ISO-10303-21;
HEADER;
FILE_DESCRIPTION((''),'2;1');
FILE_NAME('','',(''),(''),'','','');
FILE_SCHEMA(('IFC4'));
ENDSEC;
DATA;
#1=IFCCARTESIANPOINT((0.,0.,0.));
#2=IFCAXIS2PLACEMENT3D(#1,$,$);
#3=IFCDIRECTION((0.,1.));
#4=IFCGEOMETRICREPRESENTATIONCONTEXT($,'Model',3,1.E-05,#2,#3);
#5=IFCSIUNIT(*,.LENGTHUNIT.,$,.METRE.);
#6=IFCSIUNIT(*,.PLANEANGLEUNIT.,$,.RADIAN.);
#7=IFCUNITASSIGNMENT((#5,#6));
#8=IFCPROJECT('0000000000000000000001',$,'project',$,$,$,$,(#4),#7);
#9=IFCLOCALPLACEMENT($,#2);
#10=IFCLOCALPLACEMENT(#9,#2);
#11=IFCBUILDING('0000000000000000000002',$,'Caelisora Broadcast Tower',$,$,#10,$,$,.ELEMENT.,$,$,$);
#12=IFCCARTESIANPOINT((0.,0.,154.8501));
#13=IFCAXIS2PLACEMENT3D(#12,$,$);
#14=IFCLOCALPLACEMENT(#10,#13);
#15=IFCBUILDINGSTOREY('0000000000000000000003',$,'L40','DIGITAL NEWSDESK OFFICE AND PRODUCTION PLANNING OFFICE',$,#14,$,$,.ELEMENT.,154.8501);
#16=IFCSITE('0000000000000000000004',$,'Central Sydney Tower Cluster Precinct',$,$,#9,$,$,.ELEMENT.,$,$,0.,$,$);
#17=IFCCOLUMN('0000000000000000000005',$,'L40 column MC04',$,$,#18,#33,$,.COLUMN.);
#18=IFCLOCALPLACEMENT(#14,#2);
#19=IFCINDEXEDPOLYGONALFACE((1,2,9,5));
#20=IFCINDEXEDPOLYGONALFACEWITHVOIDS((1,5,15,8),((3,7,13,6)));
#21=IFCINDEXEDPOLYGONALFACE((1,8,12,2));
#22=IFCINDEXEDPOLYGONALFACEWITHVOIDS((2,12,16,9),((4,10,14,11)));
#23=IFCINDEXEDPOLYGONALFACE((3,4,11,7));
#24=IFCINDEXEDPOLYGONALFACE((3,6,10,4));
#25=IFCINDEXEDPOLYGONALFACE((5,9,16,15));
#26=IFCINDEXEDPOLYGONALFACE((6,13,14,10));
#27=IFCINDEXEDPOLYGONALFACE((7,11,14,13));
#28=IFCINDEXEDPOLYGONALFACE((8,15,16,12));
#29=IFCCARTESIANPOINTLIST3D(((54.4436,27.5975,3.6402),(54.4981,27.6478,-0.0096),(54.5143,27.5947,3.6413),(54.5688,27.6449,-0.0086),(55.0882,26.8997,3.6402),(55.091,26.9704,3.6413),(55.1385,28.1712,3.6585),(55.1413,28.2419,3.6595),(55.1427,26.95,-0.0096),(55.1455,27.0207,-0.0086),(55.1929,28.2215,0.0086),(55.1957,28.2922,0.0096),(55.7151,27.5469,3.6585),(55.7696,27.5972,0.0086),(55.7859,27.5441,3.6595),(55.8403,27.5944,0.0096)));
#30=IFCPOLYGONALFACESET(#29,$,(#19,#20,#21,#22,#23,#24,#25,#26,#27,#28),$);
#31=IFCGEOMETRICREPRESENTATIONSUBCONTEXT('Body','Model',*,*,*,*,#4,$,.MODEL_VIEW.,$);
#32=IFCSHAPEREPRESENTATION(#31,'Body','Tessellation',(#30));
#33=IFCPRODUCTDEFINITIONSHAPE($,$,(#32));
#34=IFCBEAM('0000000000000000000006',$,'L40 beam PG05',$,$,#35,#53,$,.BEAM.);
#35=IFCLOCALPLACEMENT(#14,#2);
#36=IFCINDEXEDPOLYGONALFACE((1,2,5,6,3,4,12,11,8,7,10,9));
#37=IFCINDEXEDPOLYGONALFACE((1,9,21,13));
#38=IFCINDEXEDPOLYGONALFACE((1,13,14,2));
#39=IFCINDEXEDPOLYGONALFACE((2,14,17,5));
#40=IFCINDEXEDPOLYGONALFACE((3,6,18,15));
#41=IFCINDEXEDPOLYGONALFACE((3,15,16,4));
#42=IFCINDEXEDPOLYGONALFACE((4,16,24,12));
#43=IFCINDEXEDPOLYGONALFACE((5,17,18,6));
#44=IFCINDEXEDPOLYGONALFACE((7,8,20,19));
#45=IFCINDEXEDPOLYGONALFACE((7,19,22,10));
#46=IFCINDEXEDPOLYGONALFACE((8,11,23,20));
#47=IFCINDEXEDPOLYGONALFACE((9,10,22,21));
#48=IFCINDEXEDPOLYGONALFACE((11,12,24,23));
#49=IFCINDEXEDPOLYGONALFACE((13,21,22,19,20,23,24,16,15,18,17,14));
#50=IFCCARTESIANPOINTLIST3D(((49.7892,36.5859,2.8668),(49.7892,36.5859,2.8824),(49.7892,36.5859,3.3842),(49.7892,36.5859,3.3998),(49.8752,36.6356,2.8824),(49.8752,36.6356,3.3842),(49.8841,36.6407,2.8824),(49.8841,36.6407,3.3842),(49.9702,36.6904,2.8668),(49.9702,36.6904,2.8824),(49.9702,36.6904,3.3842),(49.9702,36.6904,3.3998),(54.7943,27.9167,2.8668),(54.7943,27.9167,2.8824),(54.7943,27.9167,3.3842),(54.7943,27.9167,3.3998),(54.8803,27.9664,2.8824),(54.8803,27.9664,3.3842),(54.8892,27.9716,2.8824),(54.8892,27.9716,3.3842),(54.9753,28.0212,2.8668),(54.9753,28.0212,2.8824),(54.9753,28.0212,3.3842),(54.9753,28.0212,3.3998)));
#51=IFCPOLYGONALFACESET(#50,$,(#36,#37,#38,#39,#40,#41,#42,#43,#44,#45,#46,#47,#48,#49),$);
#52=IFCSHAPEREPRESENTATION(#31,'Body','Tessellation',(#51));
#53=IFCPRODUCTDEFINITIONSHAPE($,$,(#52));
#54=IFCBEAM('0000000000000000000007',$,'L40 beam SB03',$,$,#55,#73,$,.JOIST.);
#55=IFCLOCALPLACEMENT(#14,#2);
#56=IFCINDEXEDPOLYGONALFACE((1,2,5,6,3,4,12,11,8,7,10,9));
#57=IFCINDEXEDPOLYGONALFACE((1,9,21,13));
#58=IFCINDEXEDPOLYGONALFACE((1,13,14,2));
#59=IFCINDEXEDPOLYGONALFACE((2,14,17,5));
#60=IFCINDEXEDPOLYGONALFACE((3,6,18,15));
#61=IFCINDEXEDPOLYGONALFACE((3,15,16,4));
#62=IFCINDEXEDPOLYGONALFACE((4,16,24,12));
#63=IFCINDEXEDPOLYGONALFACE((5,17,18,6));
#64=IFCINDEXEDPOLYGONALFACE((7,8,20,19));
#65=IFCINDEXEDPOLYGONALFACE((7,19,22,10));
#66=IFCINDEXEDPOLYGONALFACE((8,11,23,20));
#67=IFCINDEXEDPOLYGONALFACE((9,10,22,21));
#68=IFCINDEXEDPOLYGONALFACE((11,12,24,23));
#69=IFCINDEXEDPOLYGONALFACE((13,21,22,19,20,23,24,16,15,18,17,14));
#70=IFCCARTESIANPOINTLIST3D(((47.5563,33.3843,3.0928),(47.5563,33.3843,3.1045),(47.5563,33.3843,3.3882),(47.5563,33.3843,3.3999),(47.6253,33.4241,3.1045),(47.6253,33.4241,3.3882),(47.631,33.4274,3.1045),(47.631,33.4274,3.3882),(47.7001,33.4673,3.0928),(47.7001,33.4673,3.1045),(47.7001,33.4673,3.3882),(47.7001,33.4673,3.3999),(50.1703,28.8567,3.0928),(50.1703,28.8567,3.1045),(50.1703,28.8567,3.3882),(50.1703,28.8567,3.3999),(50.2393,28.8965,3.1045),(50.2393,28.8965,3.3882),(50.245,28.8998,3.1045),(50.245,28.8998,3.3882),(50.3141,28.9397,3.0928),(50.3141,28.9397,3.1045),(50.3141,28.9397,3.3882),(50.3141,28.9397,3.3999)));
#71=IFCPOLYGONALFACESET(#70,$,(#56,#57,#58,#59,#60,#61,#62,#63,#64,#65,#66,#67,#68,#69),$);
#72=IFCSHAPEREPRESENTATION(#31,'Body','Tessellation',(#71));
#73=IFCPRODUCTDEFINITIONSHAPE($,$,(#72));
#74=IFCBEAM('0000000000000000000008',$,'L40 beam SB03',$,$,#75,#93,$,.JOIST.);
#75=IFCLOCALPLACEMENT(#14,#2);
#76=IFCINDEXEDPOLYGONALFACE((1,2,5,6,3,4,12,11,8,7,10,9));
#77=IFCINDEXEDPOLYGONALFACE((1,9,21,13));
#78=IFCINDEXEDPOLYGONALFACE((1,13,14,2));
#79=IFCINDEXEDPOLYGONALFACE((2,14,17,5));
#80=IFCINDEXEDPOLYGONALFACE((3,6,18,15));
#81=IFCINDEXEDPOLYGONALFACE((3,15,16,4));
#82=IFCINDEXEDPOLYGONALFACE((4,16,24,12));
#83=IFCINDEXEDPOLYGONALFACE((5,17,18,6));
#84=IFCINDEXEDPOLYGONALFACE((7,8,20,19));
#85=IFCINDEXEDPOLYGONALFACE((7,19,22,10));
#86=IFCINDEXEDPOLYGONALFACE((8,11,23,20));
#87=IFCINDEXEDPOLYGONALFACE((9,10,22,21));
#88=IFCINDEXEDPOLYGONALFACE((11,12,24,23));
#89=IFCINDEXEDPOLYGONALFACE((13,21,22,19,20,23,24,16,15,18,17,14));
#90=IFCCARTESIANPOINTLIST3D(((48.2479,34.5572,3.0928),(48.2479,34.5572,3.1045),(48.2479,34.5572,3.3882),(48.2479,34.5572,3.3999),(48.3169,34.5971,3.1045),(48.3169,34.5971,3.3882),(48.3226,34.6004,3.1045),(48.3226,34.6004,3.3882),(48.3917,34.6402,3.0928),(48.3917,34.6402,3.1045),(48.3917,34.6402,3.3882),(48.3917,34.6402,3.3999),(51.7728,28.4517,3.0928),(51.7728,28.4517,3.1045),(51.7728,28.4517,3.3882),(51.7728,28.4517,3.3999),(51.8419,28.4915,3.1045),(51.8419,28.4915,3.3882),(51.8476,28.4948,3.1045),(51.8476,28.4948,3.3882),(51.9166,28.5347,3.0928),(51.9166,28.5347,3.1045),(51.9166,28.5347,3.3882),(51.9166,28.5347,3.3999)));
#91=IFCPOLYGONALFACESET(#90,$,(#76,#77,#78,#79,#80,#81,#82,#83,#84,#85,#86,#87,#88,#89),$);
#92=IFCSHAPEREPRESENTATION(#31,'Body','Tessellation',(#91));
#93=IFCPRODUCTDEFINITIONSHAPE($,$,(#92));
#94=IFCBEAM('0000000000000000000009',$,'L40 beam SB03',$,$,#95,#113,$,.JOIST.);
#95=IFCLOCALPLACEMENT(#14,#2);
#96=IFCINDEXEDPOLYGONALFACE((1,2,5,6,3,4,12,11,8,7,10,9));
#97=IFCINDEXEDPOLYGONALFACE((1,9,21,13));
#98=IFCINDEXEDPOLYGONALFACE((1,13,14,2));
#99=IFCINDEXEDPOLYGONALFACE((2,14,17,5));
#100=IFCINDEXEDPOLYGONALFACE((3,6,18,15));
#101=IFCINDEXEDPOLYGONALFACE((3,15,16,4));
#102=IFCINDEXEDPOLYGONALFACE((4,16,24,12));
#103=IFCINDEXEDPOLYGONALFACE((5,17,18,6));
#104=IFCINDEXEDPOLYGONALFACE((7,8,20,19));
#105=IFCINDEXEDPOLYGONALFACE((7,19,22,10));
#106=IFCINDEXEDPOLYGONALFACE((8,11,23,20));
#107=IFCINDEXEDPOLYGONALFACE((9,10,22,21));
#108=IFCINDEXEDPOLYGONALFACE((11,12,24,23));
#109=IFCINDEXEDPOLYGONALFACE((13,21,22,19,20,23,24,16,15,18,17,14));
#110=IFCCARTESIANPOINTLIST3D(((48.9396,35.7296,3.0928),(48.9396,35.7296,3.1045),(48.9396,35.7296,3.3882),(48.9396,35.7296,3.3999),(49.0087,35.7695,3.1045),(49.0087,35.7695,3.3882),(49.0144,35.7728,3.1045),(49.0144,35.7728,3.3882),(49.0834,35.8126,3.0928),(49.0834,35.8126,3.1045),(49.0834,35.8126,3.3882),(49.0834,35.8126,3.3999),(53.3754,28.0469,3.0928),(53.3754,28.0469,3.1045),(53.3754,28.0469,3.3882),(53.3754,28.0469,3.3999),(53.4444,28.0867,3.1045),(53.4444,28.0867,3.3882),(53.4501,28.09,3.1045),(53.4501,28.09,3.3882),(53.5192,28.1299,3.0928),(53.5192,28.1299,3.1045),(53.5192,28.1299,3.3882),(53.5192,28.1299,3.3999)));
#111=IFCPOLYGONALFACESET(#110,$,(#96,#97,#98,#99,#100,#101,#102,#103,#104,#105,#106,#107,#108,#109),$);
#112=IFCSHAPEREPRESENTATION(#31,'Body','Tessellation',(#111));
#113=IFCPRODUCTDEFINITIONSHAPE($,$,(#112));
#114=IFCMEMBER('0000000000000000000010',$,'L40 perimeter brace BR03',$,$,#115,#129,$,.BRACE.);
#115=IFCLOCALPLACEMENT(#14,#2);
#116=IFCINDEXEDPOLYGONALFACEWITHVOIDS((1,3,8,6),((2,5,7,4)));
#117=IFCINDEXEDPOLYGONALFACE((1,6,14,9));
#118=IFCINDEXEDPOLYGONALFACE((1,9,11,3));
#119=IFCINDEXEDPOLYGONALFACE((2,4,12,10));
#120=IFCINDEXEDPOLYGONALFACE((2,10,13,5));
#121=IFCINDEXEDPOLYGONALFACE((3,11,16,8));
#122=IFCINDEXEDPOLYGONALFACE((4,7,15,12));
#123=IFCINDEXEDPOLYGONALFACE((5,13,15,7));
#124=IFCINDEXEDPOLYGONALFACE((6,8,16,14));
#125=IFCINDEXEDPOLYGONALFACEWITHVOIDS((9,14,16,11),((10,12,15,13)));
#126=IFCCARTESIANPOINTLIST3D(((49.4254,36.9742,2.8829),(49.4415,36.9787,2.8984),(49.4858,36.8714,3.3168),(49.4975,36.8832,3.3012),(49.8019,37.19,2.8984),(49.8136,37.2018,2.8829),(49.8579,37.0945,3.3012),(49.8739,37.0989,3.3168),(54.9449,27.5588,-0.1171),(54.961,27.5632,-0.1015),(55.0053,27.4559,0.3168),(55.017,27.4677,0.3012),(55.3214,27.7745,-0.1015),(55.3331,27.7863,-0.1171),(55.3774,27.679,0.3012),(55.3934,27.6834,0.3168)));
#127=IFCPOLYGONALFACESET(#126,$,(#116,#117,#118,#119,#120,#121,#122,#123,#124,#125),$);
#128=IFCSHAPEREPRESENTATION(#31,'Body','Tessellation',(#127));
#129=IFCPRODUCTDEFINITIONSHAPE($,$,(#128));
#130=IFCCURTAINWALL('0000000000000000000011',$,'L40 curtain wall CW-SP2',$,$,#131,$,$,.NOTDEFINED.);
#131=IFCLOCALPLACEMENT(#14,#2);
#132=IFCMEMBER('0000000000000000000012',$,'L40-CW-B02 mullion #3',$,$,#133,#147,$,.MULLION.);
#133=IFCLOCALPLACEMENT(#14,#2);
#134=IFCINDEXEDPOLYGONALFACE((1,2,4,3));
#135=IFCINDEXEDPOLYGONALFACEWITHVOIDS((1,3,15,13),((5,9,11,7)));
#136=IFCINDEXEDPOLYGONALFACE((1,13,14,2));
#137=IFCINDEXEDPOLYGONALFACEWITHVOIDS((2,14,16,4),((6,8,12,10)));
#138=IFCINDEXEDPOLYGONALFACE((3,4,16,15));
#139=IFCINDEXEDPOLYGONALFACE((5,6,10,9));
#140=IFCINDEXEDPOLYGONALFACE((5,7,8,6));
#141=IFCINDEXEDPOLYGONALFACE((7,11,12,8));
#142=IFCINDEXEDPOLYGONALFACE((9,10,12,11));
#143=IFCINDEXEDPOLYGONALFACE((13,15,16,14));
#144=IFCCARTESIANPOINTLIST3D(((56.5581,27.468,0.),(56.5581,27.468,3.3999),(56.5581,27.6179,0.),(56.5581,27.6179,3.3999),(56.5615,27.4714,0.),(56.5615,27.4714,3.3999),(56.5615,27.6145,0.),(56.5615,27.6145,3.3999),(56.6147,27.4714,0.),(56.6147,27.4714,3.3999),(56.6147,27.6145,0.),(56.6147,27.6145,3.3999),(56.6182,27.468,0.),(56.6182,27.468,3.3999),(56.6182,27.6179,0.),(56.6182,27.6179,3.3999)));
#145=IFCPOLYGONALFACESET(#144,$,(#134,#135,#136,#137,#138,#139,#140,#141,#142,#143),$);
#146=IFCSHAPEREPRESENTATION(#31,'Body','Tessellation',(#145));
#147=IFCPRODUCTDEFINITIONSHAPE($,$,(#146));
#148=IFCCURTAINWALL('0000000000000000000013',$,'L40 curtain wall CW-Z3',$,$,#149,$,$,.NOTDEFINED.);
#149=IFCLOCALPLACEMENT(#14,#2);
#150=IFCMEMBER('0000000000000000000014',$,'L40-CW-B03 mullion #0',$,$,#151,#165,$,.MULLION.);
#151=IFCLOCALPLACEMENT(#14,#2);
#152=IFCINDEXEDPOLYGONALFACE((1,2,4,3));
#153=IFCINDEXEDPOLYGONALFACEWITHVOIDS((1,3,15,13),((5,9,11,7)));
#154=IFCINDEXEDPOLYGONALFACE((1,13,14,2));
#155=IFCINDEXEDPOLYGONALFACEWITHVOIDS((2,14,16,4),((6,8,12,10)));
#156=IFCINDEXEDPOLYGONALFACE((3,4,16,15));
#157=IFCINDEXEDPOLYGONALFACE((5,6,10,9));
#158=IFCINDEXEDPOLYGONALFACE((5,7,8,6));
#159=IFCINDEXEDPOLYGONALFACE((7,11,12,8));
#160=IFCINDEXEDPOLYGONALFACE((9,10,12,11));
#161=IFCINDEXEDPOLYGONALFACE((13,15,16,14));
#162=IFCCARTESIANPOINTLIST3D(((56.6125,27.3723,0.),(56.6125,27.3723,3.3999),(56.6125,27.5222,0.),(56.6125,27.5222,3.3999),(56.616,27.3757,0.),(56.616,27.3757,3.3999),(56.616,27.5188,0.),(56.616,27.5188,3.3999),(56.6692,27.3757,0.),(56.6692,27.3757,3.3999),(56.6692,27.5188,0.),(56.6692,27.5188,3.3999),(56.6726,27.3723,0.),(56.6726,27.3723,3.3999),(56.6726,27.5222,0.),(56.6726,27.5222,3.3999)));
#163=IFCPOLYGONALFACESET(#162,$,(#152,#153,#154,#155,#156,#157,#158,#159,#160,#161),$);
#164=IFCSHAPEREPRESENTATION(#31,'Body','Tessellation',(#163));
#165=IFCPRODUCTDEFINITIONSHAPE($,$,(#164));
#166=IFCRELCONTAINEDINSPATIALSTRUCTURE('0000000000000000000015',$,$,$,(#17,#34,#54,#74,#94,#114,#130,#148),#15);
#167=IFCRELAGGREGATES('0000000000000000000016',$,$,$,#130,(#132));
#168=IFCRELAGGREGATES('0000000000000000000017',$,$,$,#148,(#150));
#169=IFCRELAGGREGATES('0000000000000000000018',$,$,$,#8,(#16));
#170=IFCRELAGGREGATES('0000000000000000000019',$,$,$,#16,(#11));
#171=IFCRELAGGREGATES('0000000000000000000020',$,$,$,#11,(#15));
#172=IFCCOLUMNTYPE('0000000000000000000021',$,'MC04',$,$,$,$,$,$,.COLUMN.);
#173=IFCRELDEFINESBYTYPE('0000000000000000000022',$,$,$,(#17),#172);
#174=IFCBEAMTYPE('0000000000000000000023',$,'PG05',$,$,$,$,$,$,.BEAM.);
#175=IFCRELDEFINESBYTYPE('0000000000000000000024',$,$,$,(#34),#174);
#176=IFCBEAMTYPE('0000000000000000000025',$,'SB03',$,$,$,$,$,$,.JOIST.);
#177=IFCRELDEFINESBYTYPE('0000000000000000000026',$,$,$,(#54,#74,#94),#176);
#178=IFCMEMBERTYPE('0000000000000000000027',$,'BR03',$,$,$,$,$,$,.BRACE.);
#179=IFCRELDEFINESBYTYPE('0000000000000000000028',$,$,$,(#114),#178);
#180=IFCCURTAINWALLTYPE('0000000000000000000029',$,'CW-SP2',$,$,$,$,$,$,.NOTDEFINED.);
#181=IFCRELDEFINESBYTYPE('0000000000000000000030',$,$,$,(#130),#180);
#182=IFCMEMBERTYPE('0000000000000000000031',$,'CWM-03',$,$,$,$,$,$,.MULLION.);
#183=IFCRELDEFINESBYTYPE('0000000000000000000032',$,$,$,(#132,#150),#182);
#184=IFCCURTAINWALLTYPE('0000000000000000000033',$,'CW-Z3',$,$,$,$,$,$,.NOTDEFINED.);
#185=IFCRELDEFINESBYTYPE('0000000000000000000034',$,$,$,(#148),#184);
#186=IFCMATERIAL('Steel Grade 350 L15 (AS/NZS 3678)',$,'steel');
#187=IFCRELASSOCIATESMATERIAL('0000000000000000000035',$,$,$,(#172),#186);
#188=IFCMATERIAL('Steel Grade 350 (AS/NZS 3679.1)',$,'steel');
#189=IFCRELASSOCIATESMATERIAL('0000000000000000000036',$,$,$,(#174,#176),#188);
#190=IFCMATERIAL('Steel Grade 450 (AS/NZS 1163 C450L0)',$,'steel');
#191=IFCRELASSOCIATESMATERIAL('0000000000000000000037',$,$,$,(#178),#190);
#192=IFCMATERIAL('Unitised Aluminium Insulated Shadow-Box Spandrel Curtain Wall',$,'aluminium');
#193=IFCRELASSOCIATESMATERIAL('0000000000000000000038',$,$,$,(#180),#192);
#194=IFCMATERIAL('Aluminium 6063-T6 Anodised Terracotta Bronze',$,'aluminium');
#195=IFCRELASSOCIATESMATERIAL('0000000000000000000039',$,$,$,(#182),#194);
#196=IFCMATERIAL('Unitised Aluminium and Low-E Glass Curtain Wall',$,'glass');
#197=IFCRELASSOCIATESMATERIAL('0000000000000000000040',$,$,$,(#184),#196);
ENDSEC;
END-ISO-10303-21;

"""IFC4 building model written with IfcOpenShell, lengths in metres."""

from ifc_helpers import new_model, si_unit, direction, frame, origin, origin_2d, place, context, subcontext, project, spatial, hollow_rectangle, i_section, extrude, source, transform, mapped, material, material_profile, profile_set, type_object, type_shapes, element, aggregate, save


model = new_model("IFC4")

# Units and contexts
model_context = context("Model", 3, precision=1e-05, world=origin(), true_north=direction((0.0, 1.0)))
body_context = subcontext(model_context, "Body", "Model", "MODEL_VIEW")
ifc_project = project(units=[si_unit("LENGTHUNIT", "METRE"), si_unit("PLANEANGLEUNIT", "RADIAN")], contexts=[model_context])

# Site, building, storey
site_placement = place(None, origin())
site = spatial("IfcSite", under=ifc_project, at=site_placement, Name="Central Sydney Tower Cluster Precinct", CompositionType="ELEMENT", RefElevation=0.0)
building_placement = place(site_placement, origin())
building = spatial("IfcBuilding", under=site, at=building_placement, Name="Caelisora Broadcast Tower", CompositionType="ELEMENT")
storey_placement = place(building_placement, frame((0.0, 0.0, 154.8501)))
storey = spatial("IfcBuildingStorey", under=building, at=storey_placement, Name="L40", Description="DIGITAL NEWSDESK OFFICE AND PRODUCTION PLANNING OFFICE", CompositionType="ELEMENT", Elevation=154.8501)

# Column
ifc_material_1 = material(Name="Steel Grade 350 L15 (AS/NZS 3678)", Category="steel")
ifc_material_profile_1 = material_profile(ifc_material_1, hollow_rectangle(XDim=0.95, YDim=0.95, WallThickness=0.05, at=origin_2d()), Name="Steel Grade 350 L15 (AS/NZS 3678)")
ifc_profile_set_1 = profile_set([ifc_material_profile_1], Name="Steel Grade 350 L15 (AS/NZS 3678)")
column_type = type_object("IfcColumnType", Name="MC04", PredefinedType="COLUMN", material=ifc_profile_set_1)
shared_shape_1 = source(origin(), body_context, "Body", "SweptSolid", [
    extrude(hollow_rectangle(XDim=0.95, YDim=0.95, WallThickness=0.05, at=origin_2d()), origin(), (0.0, 0.0, 1.0), 3.6506),
])
type_shapes(column_type, [shared_shape_1])
column_placement = place(storey_placement, frame((55.1692, 27.6211, 0.0), z_axis=(-0.014913, -0.013776, 0.999794), x_axis=(0.678554, -0.734551, 0.0)))
element("IfcColumn", 1, at=column_placement, inside=storey, type_object=column_type, Name="L40 column MC04", PredefinedType="COLUMN", context=body_context, shape_type="MappedRepresentation", body=[
    mapped(shared_shape_1, transform((0.0, 0.0, 0.0), scale=1.0)),
])

# Beams
ifc_material_2 = material(Name="Steel Grade 350 (AS/NZS 3679.1)", Category="steel")
ifc_material_profile_2 = material_profile(ifc_material_2, i_section(OverallWidth=0.209, OverallDepth=0.533, WebThickness=0.0103, FlangeThickness=0.0156, at=origin_2d()), Name="Steel Grade 350 (AS/NZS 3679.1)")
ifc_profile_set_2 = profile_set([ifc_material_profile_2], Name="Steel Grade 350 (AS/NZS 3679.1)")
beam_type_1 = type_object("IfcBeamType", Name="PG05", PredefinedType="BEAM", material=ifc_profile_set_2)
shared_shape_2 = source(origin(), body_context, "Body", "SweptSolid", [
    extrude(i_section(OverallWidth=0.209, OverallDepth=0.533, WebThickness=0.0103, FlangeThickness=0.0156, at=origin_2d()), origin(), (0.0, 0.0, 1.0), 10.0103),
])
type_shapes(beam_type_1, [shared_shape_2])
beam_1_placement = place(storey_placement, frame((54.8848, 27.969, 3.1333), z_axis=(-0.499998, 0.866027, 0.0), x_axis=(-0.866027, -0.499998, 0.0)))
element("IfcBeam", 2, at=beam_1_placement, inside=storey, type_object=beam_type_1, Name="L40 beam PG05", PredefinedType="BEAM", context=body_context, shape_type="MappedRepresentation", body=[
    mapped(shared_shape_2, transform((0.0, 0.0, 0.0), scale=1.0)),
])
ifc_material_profile_3 = material_profile(ifc_material_2, i_section(OverallWidth=0.166, OverallDepth=0.3071, WebThickness=0.0066, FlangeThickness=0.0117, at=origin_2d()), Name="Steel Grade 350 (AS/NZS 3679.1)")
ifc_profile_set_3 = profile_set([ifc_material_profile_3], Name="Steel Grade 350 (AS/NZS 3679.1)")
beam_type_2 = type_object("IfcBeamType", Name="SB03", PredefinedType="JOIST", material=ifc_profile_set_3)
shared_shape_3 = source(origin(), body_context, "Body", "SweptSolid", [
    extrude(i_section(OverallWidth=0.166, OverallDepth=0.3071, WebThickness=0.0066, FlangeThickness=0.0117, at=origin_2d()), origin(), (0.0, 0.0, 1.0), 5.228),
])
beam_2_placement = place(storey_placement, frame((50.2422, 28.8982, 3.2463), z_axis=(-0.500001, 0.866025, 0.0), x_axis=(-0.866025, -0.500001, 0.0)))
element("IfcBeam", 3, at=beam_2_placement, inside=storey, type_object=beam_type_2, Name="L40 beam SB03", PredefinedType="JOIST", context=body_context, shape_type="MappedRepresentation", body=[
    mapped(shared_shape_3, transform((0.0, 0.0, 0.0), scale=1.0)),
])
shared_shape_4 = source(origin(), body_context, "Body", "SweptSolid", [
    extrude(i_section(OverallWidth=0.166, OverallDepth=0.3071, WebThickness=0.0066, FlangeThickness=0.0117, at=origin_2d()), origin(), (0.0, 0.0, 1.0), 7.05),
])
beam_3_placement = place(storey_placement, frame((51.8447, 28.4932, 3.2463), z_axis=(-0.49999, 0.866031, 0.0), x_axis=(-0.866031, -0.49999, 0.0)))
element("IfcBeam", 4, at=beam_3_placement, inside=storey, type_object=beam_type_2, Name="L40 beam SB03", PredefinedType="JOIST", context=body_context, shape_type="MappedRepresentation", body=[
    mapped(shared_shape_4, transform((0.0, 0.0, 0.0), scale=1.0)),
])
shared_shape_5 = source(origin(), body_context, "Body", "SweptSolid", [
    extrude(i_section(OverallWidth=0.166, OverallDepth=0.3071, WebThickness=0.0066, FlangeThickness=0.0117, at=origin_2d()), origin(), (0.0, 0.0, 1.0), 8.8713),
])
type_shapes(beam_type_2, [shared_shape_3, shared_shape_4, shared_shape_5])
beam_4_placement = place(storey_placement, frame((53.4473, 28.0884, 3.2463), z_axis=(-0.500008, 0.866021, 0.0), x_axis=(-0.866021, -0.500008, 0.0)))
element("IfcBeam", 5, at=beam_4_placement, inside=storey, type_object=beam_type_2, Name="L40 beam SB03", PredefinedType="JOIST", context=body_context, shape_type="MappedRepresentation", body=[
    mapped(shared_shape_5, transform((0.0, 0.0, 0.0), scale=1.0)),
])

# Member
ifc_material_3 = material(Name="Steel Grade 450 (AS/NZS 1163 C450L0)", Category="steel")
ifc_material_profile_4 = material_profile(ifc_material_3, hollow_rectangle(XDim=0.45, YDim=0.45, WallThickness=0.0161, at=origin_2d()), Name="Steel Grade 450 (AS/NZS 1163 C450L0)")
ifc_profile_set_4 = profile_set([ifc_material_profile_4], Name="Steel Grade 450 (AS/NZS 1163 C450L0)")
member_type_1 = type_object("IfcMemberType", Name="BR03", PredefinedType="BRACE", material=ifc_profile_set_4)
shared_shape_6 = source(origin(), body_context, "Body", "SweptSolid", [
    extrude(hollow_rectangle(XDim=0.45, YDim=0.45, WallThickness=0.0161, at=origin_2d()), origin(), (0.0, 0.0, 1.0), 11.3188),
])
type_shapes(member_type_1, [shared_shape_6])
member_1_placement = place(storey_placement, frame((55.1692, 27.6211, 0.0999), z_axis=(-0.487639, 0.831842, 0.265044), x_axis=(-0.862695, -0.505725, 0.0)))
element("IfcMember", 6, at=member_1_placement, inside=storey, type_object=member_type_1, Name="L40 perimeter brace BR03", PredefinedType="BRACE", context=body_context, shape_type="MappedRepresentation", body=[
    mapped(shared_shape_6, transform((0.0, 0.0, 0.0), scale=1.0)),
])

# Curtain wall, member
ifc_material_4 = material(Name="Unitised Aluminium Insulated Shadow-Box Spandrel Curtain Wall", Category="aluminium")
curtain_wall_type_1 = type_object("IfcCurtainWallType", Name="CW-SP2", PredefinedType="NOTDEFINED", material=ifc_material_4)
curtain_wall_1_placement = place(storey_placement, origin())
curtain_wall_1 = element("IfcCurtainWall", 7, at=curtain_wall_1_placement, inside=storey, type_object=curtain_wall_type_1, Name="L40 curtain wall CW-SP2", PredefinedType="NOTDEFINED")
ifc_material_5 = material(Name="Aluminium 6063-T6 Anodised Terracotta Bronze", Category="aluminium")
ifc_material_profile_5 = material_profile(ifc_material_5, hollow_rectangle(XDim=0.0601, YDim=0.1499, WallThickness=0.0034, at=origin_2d()), Name="Aluminium 6063-T6 Anodised Terracotta Bronze")
ifc_profile_set_5 = profile_set([ifc_material_profile_5], Name="Aluminium 6063-T6 Anodised Terracotta Bronze")
member_type_2 = type_object("IfcMemberType", Name="CWM-03", PredefinedType="MULLION", material=ifc_profile_set_5)
shared_shape_7 = source(origin(), body_context, "Body", "SweptSolid", [
    extrude(hollow_rectangle(XDim=0.0601, YDim=0.1499, WallThickness=0.0034, at=origin_2d()), origin(), (0.0, 0.0, 1.0), 3.3999),
])
type_shapes(member_type_2, [shared_shape_7])
member_2_placement = place(storey_placement, frame((56.5881, 27.543, 0.0), z_axis=(0.0, 0.0, 1.0), x_axis=(1.0, 0.0, 0.0)))
member_2 = element("IfcMember", 8, at=member_2_placement, type_object=member_type_2, Name="L40-CW-B02 mullion #3", PredefinedType="MULLION", context=body_context, shape_type="MappedRepresentation", body=[
    mapped(shared_shape_7, transform((0.0, 0.0, 0.0), scale=1.0)),
])

# Curtain wall, member
ifc_material_6 = material(Name="Unitised Aluminium and Low-E Glass Curtain Wall", Category="glass")
curtain_wall_type_2 = type_object("IfcCurtainWallType", Name="CW-Z3", PredefinedType="NOTDEFINED", material=ifc_material_6)
curtain_wall_2_placement = place(storey_placement, origin())
curtain_wall_2 = element("IfcCurtainWall", 9, at=curtain_wall_2_placement, inside=storey, type_object=curtain_wall_type_2, Name="L40 curtain wall CW-Z3", PredefinedType="NOTDEFINED")
member_3_placement = place(storey_placement, frame((56.6426, 27.4473, 0.0), z_axis=(0.0, 0.0, 1.0), x_axis=(1.0, 0.0, 0.0)))
member_3 = element("IfcMember", 10, at=member_3_placement, type_object=member_type_2, Name="L40-CW-B03 mullion #0", PredefinedType="MULLION", context=body_context, shape_type="MappedRepresentation", body=[
    mapped(shared_shape_7, transform((0.0, 0.0, 0.0), scale=1.0)),
])

aggregate(curtain_wall_1, [member_2])
aggregate(curtain_wall_2, [member_3])

save(model, "model.ifc")
